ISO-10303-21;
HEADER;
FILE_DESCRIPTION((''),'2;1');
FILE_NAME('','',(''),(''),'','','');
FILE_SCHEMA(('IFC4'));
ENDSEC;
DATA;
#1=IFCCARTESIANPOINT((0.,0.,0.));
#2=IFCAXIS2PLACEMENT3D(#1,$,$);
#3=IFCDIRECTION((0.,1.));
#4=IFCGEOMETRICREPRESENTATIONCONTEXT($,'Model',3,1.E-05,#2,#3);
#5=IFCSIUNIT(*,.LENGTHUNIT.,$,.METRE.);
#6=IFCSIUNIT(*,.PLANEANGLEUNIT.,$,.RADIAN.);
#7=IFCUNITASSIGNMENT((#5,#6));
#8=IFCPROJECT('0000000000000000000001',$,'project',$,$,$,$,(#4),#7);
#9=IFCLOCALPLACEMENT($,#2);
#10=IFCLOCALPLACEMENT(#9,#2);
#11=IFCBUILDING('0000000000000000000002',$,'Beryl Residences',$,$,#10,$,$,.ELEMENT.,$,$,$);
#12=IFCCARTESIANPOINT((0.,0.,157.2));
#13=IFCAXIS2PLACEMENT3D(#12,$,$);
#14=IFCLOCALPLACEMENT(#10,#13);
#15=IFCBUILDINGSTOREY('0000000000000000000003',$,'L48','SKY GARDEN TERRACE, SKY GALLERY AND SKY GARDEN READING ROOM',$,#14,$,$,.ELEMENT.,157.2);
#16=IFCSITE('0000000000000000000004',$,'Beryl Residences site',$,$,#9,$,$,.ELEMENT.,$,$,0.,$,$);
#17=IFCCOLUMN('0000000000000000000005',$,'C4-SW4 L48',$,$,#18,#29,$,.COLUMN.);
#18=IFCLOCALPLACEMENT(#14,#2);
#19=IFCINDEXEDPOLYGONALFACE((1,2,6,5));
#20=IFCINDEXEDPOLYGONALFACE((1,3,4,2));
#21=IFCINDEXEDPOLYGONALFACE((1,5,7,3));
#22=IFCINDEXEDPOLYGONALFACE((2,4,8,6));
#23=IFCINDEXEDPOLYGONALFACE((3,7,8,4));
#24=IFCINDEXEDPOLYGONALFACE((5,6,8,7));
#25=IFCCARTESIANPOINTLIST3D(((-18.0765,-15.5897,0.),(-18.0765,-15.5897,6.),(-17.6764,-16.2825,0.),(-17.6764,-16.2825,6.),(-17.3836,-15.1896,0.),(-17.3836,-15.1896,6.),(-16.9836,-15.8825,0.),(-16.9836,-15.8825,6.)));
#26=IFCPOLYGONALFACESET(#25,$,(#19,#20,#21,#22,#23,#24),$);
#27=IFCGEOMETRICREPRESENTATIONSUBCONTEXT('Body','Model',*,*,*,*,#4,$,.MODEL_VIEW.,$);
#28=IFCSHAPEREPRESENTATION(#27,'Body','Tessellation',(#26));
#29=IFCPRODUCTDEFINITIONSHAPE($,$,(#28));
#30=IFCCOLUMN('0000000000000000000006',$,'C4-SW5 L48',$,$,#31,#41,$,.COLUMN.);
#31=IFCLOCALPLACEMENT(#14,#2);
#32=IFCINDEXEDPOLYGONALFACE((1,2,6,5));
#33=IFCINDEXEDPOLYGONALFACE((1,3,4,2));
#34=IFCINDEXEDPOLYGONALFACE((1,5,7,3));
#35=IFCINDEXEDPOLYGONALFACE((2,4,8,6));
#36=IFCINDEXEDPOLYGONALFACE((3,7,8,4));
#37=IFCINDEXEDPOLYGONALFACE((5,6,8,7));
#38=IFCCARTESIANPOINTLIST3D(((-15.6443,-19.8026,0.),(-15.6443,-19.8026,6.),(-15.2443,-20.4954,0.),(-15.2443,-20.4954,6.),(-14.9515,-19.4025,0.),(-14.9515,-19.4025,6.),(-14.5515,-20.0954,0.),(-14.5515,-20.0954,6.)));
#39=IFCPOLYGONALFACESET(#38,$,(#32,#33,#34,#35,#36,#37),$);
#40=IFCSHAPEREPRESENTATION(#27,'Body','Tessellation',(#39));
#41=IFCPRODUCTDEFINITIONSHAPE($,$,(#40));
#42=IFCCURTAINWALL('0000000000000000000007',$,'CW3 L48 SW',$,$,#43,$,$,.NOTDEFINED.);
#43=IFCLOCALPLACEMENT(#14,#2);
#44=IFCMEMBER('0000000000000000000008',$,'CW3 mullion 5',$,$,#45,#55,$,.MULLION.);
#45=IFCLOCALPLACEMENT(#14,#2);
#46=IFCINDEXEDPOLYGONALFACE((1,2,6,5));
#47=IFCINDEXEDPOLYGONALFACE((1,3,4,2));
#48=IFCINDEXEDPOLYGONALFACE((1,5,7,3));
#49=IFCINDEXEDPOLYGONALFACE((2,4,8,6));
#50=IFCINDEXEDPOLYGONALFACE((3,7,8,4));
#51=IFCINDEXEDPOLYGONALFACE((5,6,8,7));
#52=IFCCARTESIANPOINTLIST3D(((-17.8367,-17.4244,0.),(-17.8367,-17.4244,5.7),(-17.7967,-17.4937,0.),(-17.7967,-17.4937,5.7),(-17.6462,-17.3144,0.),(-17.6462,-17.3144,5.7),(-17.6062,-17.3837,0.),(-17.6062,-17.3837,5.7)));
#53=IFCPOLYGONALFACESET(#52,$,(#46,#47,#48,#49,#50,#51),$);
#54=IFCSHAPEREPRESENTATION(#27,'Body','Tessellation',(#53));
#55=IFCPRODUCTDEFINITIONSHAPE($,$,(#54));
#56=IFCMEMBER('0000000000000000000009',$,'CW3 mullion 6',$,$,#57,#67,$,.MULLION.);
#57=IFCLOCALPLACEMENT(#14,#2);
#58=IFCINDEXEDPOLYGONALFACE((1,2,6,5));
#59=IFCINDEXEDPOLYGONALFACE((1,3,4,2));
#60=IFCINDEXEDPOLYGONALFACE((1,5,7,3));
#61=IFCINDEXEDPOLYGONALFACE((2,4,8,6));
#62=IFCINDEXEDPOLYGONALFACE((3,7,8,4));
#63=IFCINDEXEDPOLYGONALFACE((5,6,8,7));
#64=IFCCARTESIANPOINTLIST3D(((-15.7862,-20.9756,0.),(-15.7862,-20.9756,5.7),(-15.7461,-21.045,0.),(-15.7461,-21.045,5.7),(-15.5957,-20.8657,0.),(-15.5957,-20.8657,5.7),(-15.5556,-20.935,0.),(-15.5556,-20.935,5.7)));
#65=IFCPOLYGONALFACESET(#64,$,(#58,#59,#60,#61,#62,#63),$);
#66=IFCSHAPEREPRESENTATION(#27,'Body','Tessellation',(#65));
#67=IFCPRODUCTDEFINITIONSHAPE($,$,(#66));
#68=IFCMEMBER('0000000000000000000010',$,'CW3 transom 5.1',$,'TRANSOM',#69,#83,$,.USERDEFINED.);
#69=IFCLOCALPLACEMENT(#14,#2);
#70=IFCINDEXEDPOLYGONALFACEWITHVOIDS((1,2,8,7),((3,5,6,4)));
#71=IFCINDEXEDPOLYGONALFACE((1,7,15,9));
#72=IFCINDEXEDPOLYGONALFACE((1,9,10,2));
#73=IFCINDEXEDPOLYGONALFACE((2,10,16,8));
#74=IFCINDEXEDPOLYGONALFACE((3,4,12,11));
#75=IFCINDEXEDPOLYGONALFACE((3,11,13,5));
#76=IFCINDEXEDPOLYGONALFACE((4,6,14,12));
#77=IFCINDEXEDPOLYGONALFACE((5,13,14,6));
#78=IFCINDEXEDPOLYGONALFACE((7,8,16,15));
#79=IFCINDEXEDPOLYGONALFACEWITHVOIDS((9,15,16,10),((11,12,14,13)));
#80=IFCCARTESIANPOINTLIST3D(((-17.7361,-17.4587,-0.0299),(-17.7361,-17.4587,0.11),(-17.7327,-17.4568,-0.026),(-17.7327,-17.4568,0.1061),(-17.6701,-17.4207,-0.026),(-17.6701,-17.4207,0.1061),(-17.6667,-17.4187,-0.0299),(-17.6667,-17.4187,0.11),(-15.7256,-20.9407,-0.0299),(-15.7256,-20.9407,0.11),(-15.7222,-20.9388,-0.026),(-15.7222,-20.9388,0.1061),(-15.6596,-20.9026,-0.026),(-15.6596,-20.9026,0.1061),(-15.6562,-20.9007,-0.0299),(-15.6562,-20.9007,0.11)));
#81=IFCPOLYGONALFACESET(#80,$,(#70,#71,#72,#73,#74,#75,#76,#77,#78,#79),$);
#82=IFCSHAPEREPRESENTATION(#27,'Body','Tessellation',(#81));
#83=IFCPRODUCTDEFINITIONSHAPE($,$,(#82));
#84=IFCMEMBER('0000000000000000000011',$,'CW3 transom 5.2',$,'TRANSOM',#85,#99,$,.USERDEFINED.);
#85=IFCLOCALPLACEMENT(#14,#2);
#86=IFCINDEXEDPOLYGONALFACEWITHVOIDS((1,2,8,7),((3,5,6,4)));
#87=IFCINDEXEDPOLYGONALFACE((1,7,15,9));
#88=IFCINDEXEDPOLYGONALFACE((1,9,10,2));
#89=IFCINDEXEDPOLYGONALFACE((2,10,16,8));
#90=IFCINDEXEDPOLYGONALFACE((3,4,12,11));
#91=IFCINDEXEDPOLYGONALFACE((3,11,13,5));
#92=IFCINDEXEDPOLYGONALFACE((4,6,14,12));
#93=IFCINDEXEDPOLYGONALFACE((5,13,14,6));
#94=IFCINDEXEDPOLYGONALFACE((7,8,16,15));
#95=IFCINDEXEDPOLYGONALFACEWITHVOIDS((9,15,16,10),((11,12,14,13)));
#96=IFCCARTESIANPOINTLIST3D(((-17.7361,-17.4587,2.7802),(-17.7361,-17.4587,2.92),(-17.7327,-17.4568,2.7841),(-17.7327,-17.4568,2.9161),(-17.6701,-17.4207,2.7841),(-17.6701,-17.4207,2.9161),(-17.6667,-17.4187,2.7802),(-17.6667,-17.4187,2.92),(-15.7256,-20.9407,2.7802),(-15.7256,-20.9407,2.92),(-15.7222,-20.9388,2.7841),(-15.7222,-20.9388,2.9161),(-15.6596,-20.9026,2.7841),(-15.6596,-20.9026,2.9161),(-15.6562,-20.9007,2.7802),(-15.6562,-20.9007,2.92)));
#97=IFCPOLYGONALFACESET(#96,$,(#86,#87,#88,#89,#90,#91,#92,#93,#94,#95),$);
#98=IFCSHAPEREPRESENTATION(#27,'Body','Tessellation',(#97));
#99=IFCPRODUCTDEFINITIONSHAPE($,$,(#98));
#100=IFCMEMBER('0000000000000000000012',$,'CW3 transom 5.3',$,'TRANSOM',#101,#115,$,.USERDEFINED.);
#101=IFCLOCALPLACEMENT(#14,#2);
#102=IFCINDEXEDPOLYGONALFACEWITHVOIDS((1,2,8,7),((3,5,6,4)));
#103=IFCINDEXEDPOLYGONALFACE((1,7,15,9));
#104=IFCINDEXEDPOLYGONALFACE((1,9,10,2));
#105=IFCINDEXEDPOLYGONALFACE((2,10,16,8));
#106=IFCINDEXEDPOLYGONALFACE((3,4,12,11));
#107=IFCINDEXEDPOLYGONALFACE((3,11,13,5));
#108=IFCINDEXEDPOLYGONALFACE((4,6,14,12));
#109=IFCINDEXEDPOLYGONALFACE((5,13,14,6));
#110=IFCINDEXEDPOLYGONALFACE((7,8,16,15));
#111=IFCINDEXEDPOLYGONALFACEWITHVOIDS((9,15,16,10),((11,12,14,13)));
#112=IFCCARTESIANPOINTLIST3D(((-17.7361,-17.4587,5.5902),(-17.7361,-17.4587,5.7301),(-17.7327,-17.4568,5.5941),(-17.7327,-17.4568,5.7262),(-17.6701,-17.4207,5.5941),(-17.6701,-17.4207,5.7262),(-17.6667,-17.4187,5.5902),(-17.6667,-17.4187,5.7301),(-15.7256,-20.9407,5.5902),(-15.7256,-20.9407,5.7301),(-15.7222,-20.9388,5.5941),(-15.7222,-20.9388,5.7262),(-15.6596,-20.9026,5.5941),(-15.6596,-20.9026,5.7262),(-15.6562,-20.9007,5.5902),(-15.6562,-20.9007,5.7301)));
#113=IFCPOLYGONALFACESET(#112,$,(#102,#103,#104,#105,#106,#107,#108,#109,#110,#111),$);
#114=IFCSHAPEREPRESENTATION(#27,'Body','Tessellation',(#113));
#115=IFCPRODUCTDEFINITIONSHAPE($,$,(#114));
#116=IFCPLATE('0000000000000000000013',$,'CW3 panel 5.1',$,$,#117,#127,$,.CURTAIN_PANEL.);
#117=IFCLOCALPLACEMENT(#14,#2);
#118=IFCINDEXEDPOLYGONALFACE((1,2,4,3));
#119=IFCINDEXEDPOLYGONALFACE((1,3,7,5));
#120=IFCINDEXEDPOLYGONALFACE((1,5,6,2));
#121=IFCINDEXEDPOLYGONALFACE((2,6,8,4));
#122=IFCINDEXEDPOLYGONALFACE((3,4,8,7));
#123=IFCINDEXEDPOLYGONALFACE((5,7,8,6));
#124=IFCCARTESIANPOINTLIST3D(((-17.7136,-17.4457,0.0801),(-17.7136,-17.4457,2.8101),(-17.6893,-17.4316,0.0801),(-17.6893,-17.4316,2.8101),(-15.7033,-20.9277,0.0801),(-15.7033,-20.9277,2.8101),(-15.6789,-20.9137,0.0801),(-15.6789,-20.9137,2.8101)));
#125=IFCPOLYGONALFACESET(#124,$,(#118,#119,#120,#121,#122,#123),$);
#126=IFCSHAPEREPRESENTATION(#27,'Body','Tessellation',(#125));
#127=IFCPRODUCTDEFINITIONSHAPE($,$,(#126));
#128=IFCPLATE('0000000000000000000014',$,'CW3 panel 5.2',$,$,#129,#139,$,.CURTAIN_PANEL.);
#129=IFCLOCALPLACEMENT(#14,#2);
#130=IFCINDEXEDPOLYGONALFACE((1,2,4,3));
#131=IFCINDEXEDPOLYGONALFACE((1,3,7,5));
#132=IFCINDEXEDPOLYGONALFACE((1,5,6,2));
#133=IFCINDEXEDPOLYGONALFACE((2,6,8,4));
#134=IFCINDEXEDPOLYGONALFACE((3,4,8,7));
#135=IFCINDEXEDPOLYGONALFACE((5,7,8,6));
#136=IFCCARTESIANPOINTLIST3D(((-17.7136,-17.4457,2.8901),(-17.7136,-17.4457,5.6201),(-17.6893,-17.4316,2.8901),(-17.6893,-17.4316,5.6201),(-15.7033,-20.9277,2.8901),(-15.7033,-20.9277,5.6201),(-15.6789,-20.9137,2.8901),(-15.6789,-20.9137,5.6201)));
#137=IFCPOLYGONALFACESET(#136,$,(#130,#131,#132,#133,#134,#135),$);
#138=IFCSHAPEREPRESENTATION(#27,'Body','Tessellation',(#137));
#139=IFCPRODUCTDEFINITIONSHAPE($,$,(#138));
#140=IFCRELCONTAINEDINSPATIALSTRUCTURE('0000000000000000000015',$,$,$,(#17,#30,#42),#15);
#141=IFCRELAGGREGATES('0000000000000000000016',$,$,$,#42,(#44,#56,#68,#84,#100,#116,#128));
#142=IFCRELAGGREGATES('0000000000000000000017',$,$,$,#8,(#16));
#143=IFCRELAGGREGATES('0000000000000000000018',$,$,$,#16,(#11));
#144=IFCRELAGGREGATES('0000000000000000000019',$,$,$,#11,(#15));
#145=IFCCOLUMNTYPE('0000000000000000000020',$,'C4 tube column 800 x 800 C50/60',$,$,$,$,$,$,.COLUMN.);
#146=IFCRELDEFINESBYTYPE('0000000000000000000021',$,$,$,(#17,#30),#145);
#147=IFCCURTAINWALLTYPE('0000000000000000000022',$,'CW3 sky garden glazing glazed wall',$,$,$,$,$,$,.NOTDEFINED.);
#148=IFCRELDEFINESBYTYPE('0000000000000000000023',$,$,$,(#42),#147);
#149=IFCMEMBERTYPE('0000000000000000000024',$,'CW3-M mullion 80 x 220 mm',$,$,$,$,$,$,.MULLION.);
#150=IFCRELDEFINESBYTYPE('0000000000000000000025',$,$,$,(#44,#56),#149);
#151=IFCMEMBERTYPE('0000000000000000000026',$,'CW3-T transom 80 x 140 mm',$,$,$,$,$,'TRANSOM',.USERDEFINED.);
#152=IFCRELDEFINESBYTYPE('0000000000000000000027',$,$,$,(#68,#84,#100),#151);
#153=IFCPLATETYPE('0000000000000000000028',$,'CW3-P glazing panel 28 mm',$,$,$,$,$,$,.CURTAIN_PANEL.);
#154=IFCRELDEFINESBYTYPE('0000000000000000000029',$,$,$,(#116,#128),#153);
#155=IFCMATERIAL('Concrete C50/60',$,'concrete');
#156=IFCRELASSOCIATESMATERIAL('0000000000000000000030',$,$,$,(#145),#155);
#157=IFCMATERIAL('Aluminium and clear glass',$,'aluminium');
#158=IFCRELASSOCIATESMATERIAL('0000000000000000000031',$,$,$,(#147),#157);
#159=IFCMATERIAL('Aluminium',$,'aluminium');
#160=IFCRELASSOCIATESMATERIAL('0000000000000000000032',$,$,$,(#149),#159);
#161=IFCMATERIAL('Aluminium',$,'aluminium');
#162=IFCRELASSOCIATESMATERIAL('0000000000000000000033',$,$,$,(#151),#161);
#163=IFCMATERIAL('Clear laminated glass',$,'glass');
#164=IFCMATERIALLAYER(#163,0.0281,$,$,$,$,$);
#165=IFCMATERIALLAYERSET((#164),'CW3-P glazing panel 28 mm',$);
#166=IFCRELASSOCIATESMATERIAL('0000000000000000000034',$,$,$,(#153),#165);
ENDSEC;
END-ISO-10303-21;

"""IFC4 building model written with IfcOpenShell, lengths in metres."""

from ifc_helpers import new_model, si_unit, direction, frame, origin, origin_2d, place, context, subcontext, project, spatial, rectangle, hollow_rectangle, extrude, material, layer, layer_set, material_profile, profile_set, type_object, element, aggregate, save


model = new_model("IFC4")

# Units and contexts
model_context = context("Model", 3, precision=1e-05, world=origin(), true_north=direction((0.0, 1.0)))
body_context = subcontext(model_context, "Body", "Model", "MODEL_VIEW")
ifc_project = project(units=[si_unit("LENGTHUNIT", "METRE"), si_unit("PLANEANGLEUNIT", "RADIAN")], contexts=[model_context])

# Site, building, storey
site_placement = place(None, origin())
site = spatial("IfcSite", under=ifc_project, at=site_placement, Name="Beryl Residences site", CompositionType="ELEMENT", RefElevation=0.0)
building_placement = place(site_placement, origin())
building = spatial("IfcBuilding", under=site, at=building_placement, Name="Beryl Residences", CompositionType="ELEMENT")
storey_placement = place(building_placement, frame((0.0, 0.0, 157.2)))
storey = spatial("IfcBuildingStorey", under=building, at=storey_placement, Name="L48", Description="SKY GARDEN TERRACE, SKY GALLERY AND SKY GARDEN READING ROOM", CompositionType="ELEMENT", Elevation=157.2)

# Columns
ifc_material_1 = material(Name="Concrete C50/60", Category="concrete")
ifc_material_profile_1 = material_profile(ifc_material_1, rectangle(XDim=0.8, YDim=0.8, at=origin_2d()))
ifc_profile_set_1 = profile_set([ifc_material_profile_1], Name="Concrete C50/60")
column_type = type_object("IfcColumnType", Name="C4 tube column 800 x 800 C50/60", PredefinedType="COLUMN", material=ifc_profile_set_1)
for number, where, z_axis, x_axis, name in (
    (1, (-17.53, -15.7361, 0.0), (0.0, 0.0, 1.0), (0.5, -0.866025, 0.0), "C4-SW4 L48"),
    (2, (-15.0979, -19.949, 0.0), (0.0, 0.0, 1.0), (0.5, -0.866025, 0.0), "C4-SW5 L48"),
):
    element("IfcColumn", number, at=place(storey_placement, frame(where, z_axis=z_axis, x_axis=x_axis)), inside=storey, type_object=column_type, Name=name, PredefinedType="COLUMN", context=body_context, shape_type="SweptSolid", body=[
        extrude(rectangle(XDim=0.8, YDim=0.8, at=origin_2d()), origin(), (0.0, 0.0, 1.0), 6.0),
    ])

# Curtain wall, members, plates
ifc_material_2 = material(Name="Aluminium and clear glass", Category="aluminium")
curtain_wall_type = type_object("IfcCurtainWallType", Name="CW3 sky garden glazing glazed wall", PredefinedType="NOTDEFINED", material=ifc_material_2)
curtain_wall_placement = place(storey_placement, origin())
curtain_wall = element("IfcCurtainWall", 3, at=curtain_wall_placement, inside=storey, type_object=curtain_wall_type, Name="CW3 L48 SW", PredefinedType="NOTDEFINED")
ifc_material_3 = material(Name="Aluminium", Category="aluminium")
ifc_material_profile_2 = material_profile(ifc_material_3, rectangle(XDim=0.0801, YDim=0.22, at=origin_2d()))
ifc_profile_set_2 = profile_set([ifc_material_profile_2], Name="Aluminium")
member_type_1 = type_object("IfcMemberType", Name="CW3-M mullion 80 x 220 mm", PredefinedType="MULLION", material=ifc_profile_set_2)
member_1_placement = place(storey_placement, frame((-17.7214, -17.4041, 0.0), z_axis=(0.0, 0.0, 1.0), x_axis=(0.500004, -0.866023, 0.0)))
member_1 = element("IfcMember", 4, at=member_1_placement, type_object=member_type_1, Name="CW3 mullion 5", PredefinedType="MULLION", context=body_context, shape_type="SweptSolid", body=[
    extrude(rectangle(XDim=0.0801, YDim=0.22, at=origin_2d()), origin(), (0.0, 0.0, 1.0), 5.7),
])
member_2_placement = place(storey_placement, frame((-15.6709, -20.9553, 0.0), z_axis=(0.0, 0.0, 1.0), x_axis=(0.500004, -0.866023, 0.0)))
member_2 = element("IfcMember", 5, at=member_2_placement, type_object=member_type_1, Name="CW3 mullion 6", PredefinedType="MULLION", context=body_context, shape_type="SweptSolid", body=[
    extrude(rectangle(XDim=0.0801, YDim=0.22, at=origin_2d()), origin(), (0.0, 0.0, 1.0), 5.7),
])
ifc_material_4 = material(Name="Aluminium", Category="aluminium")
ifc_material_profile_3 = material_profile(ifc_material_4, hollow_rectangle(XDim=0.0801, YDim=0.1399, WallThickness=0.0039, at=origin_2d()))
ifc_profile_set_3 = profile_set([ifc_material_profile_3], Name="Aluminium")
member_type_2 = type_object("IfcMemberType", Name="CW3-T transom 80 x 140 mm", ElementType="TRANSOM", PredefinedType="USERDEFINED", material=ifc_profile_set_3)
member_3_placement = place(storey_placement, frame((-17.7014, -17.4387, 0.04), z_axis=(0.500038, -0.866004, 0.0), x_axis=(0.866004, 0.500038, 0.0)))
member_3 = element("IfcMember", 6, at=member_3_placement, type_object=member_type_2, Name="CW3 transom 5.1", ObjectType="TRANSOM", PredefinedType="USERDEFINED", context=body_context, shape_type="SweptSolid", body=[
    extrude(hollow_rectangle(XDim=0.0801, YDim=0.1399, WallThickness=0.0039, at=origin_2d()), origin(), (0.0, 0.0, 1.0), 4.0208),
])
member_4_placement = place(storey_placement, frame((-17.7014, -17.4387, 2.8501), z_axis=(0.500038, -0.866004, 0.0), x_axis=(0.866004, 0.500038, 0.0)))
member_4 = element("IfcMember", 7, at=member_4_placement, type_object=member_type_2, Name="CW3 transom 5.2", ObjectType="TRANSOM", PredefinedType="USERDEFINED", context=body_context, shape_type="SweptSolid", body=[
    extrude(hollow_rectangle(XDim=0.0801, YDim=0.1399, WallThickness=0.0039, at=origin_2d()), origin(), (0.0, 0.0, 1.0), 4.0208),
])
member_5_placement = place(storey_placement, frame((-17.7014, -17.4387, 5.6602), z_axis=(0.500038, -0.866004, 0.0), x_axis=(0.866004, 0.500038, 0.0)))
member_5 = element("IfcMember", 8, at=member_5_placement, type_object=member_type_2, Name="CW3 transom 5.3", ObjectType="TRANSOM", PredefinedType="USERDEFINED", context=body_context, shape_type="SweptSolid", body=[
    extrude(hollow_rectangle(XDim=0.0801, YDim=0.1399, WallThickness=0.0039, at=origin_2d()), origin(), (0.0, 0.0, 1.0), 4.0208),
])
ifc_material_5 = material(Name="Clear laminated glass", Category="glass")
ifc_layer_1 = layer(ifc_material_5, 0.0281)
ifc_layer_set_1 = layer_set([ifc_layer_1], Name="CW3-P glazing panel 28 mm")
plate_type = type_object("IfcPlateType", Name="CW3-P glazing panel 28 mm", PredefinedType="CURTAIN_PANEL", material=ifc_layer_set_1)
plate_1_placement = place(storey_placement, frame((-16.6963, -19.1797, 0.0801), z_axis=(0.0, 0.0, 1.0), x_axis=(0.500004, -0.866023, 0.0)))
plate_1 = element("IfcPlate", 9, at=plate_1_placement, type_object=plate_type, Name="CW3 panel 5.1", PredefinedType="CURTAIN_PANEL", context=body_context, shape_type="SweptSolid", body=[
    extrude(rectangle(XDim=4.0208, YDim=0.0281, at=origin_2d()), origin(), (0.0, 0.0, 1.0), 2.73),
])
plate_2_placement = place(storey_placement, frame((-16.6963, -19.1797, 2.8901), z_axis=(0.0, 0.0, 1.0), x_axis=(0.500004, -0.866023, 0.0)))
plate_2 = element("IfcPlate", 10, at=plate_2_placement, type_object=plate_type, Name="CW3 panel 5.2", PredefinedType="CURTAIN_PANEL", context=body_context, shape_type="SweptSolid", body=[
    extrude(rectangle(XDim=4.0208, YDim=0.0281, at=origin_2d()), origin(), (0.0, 0.0, 1.0), 2.73),
])
aggregate(curtain_wall, [member_1, member_2, member_3, member_4, member_5, plate_1, plate_2])

save(model, "model.ifc")
